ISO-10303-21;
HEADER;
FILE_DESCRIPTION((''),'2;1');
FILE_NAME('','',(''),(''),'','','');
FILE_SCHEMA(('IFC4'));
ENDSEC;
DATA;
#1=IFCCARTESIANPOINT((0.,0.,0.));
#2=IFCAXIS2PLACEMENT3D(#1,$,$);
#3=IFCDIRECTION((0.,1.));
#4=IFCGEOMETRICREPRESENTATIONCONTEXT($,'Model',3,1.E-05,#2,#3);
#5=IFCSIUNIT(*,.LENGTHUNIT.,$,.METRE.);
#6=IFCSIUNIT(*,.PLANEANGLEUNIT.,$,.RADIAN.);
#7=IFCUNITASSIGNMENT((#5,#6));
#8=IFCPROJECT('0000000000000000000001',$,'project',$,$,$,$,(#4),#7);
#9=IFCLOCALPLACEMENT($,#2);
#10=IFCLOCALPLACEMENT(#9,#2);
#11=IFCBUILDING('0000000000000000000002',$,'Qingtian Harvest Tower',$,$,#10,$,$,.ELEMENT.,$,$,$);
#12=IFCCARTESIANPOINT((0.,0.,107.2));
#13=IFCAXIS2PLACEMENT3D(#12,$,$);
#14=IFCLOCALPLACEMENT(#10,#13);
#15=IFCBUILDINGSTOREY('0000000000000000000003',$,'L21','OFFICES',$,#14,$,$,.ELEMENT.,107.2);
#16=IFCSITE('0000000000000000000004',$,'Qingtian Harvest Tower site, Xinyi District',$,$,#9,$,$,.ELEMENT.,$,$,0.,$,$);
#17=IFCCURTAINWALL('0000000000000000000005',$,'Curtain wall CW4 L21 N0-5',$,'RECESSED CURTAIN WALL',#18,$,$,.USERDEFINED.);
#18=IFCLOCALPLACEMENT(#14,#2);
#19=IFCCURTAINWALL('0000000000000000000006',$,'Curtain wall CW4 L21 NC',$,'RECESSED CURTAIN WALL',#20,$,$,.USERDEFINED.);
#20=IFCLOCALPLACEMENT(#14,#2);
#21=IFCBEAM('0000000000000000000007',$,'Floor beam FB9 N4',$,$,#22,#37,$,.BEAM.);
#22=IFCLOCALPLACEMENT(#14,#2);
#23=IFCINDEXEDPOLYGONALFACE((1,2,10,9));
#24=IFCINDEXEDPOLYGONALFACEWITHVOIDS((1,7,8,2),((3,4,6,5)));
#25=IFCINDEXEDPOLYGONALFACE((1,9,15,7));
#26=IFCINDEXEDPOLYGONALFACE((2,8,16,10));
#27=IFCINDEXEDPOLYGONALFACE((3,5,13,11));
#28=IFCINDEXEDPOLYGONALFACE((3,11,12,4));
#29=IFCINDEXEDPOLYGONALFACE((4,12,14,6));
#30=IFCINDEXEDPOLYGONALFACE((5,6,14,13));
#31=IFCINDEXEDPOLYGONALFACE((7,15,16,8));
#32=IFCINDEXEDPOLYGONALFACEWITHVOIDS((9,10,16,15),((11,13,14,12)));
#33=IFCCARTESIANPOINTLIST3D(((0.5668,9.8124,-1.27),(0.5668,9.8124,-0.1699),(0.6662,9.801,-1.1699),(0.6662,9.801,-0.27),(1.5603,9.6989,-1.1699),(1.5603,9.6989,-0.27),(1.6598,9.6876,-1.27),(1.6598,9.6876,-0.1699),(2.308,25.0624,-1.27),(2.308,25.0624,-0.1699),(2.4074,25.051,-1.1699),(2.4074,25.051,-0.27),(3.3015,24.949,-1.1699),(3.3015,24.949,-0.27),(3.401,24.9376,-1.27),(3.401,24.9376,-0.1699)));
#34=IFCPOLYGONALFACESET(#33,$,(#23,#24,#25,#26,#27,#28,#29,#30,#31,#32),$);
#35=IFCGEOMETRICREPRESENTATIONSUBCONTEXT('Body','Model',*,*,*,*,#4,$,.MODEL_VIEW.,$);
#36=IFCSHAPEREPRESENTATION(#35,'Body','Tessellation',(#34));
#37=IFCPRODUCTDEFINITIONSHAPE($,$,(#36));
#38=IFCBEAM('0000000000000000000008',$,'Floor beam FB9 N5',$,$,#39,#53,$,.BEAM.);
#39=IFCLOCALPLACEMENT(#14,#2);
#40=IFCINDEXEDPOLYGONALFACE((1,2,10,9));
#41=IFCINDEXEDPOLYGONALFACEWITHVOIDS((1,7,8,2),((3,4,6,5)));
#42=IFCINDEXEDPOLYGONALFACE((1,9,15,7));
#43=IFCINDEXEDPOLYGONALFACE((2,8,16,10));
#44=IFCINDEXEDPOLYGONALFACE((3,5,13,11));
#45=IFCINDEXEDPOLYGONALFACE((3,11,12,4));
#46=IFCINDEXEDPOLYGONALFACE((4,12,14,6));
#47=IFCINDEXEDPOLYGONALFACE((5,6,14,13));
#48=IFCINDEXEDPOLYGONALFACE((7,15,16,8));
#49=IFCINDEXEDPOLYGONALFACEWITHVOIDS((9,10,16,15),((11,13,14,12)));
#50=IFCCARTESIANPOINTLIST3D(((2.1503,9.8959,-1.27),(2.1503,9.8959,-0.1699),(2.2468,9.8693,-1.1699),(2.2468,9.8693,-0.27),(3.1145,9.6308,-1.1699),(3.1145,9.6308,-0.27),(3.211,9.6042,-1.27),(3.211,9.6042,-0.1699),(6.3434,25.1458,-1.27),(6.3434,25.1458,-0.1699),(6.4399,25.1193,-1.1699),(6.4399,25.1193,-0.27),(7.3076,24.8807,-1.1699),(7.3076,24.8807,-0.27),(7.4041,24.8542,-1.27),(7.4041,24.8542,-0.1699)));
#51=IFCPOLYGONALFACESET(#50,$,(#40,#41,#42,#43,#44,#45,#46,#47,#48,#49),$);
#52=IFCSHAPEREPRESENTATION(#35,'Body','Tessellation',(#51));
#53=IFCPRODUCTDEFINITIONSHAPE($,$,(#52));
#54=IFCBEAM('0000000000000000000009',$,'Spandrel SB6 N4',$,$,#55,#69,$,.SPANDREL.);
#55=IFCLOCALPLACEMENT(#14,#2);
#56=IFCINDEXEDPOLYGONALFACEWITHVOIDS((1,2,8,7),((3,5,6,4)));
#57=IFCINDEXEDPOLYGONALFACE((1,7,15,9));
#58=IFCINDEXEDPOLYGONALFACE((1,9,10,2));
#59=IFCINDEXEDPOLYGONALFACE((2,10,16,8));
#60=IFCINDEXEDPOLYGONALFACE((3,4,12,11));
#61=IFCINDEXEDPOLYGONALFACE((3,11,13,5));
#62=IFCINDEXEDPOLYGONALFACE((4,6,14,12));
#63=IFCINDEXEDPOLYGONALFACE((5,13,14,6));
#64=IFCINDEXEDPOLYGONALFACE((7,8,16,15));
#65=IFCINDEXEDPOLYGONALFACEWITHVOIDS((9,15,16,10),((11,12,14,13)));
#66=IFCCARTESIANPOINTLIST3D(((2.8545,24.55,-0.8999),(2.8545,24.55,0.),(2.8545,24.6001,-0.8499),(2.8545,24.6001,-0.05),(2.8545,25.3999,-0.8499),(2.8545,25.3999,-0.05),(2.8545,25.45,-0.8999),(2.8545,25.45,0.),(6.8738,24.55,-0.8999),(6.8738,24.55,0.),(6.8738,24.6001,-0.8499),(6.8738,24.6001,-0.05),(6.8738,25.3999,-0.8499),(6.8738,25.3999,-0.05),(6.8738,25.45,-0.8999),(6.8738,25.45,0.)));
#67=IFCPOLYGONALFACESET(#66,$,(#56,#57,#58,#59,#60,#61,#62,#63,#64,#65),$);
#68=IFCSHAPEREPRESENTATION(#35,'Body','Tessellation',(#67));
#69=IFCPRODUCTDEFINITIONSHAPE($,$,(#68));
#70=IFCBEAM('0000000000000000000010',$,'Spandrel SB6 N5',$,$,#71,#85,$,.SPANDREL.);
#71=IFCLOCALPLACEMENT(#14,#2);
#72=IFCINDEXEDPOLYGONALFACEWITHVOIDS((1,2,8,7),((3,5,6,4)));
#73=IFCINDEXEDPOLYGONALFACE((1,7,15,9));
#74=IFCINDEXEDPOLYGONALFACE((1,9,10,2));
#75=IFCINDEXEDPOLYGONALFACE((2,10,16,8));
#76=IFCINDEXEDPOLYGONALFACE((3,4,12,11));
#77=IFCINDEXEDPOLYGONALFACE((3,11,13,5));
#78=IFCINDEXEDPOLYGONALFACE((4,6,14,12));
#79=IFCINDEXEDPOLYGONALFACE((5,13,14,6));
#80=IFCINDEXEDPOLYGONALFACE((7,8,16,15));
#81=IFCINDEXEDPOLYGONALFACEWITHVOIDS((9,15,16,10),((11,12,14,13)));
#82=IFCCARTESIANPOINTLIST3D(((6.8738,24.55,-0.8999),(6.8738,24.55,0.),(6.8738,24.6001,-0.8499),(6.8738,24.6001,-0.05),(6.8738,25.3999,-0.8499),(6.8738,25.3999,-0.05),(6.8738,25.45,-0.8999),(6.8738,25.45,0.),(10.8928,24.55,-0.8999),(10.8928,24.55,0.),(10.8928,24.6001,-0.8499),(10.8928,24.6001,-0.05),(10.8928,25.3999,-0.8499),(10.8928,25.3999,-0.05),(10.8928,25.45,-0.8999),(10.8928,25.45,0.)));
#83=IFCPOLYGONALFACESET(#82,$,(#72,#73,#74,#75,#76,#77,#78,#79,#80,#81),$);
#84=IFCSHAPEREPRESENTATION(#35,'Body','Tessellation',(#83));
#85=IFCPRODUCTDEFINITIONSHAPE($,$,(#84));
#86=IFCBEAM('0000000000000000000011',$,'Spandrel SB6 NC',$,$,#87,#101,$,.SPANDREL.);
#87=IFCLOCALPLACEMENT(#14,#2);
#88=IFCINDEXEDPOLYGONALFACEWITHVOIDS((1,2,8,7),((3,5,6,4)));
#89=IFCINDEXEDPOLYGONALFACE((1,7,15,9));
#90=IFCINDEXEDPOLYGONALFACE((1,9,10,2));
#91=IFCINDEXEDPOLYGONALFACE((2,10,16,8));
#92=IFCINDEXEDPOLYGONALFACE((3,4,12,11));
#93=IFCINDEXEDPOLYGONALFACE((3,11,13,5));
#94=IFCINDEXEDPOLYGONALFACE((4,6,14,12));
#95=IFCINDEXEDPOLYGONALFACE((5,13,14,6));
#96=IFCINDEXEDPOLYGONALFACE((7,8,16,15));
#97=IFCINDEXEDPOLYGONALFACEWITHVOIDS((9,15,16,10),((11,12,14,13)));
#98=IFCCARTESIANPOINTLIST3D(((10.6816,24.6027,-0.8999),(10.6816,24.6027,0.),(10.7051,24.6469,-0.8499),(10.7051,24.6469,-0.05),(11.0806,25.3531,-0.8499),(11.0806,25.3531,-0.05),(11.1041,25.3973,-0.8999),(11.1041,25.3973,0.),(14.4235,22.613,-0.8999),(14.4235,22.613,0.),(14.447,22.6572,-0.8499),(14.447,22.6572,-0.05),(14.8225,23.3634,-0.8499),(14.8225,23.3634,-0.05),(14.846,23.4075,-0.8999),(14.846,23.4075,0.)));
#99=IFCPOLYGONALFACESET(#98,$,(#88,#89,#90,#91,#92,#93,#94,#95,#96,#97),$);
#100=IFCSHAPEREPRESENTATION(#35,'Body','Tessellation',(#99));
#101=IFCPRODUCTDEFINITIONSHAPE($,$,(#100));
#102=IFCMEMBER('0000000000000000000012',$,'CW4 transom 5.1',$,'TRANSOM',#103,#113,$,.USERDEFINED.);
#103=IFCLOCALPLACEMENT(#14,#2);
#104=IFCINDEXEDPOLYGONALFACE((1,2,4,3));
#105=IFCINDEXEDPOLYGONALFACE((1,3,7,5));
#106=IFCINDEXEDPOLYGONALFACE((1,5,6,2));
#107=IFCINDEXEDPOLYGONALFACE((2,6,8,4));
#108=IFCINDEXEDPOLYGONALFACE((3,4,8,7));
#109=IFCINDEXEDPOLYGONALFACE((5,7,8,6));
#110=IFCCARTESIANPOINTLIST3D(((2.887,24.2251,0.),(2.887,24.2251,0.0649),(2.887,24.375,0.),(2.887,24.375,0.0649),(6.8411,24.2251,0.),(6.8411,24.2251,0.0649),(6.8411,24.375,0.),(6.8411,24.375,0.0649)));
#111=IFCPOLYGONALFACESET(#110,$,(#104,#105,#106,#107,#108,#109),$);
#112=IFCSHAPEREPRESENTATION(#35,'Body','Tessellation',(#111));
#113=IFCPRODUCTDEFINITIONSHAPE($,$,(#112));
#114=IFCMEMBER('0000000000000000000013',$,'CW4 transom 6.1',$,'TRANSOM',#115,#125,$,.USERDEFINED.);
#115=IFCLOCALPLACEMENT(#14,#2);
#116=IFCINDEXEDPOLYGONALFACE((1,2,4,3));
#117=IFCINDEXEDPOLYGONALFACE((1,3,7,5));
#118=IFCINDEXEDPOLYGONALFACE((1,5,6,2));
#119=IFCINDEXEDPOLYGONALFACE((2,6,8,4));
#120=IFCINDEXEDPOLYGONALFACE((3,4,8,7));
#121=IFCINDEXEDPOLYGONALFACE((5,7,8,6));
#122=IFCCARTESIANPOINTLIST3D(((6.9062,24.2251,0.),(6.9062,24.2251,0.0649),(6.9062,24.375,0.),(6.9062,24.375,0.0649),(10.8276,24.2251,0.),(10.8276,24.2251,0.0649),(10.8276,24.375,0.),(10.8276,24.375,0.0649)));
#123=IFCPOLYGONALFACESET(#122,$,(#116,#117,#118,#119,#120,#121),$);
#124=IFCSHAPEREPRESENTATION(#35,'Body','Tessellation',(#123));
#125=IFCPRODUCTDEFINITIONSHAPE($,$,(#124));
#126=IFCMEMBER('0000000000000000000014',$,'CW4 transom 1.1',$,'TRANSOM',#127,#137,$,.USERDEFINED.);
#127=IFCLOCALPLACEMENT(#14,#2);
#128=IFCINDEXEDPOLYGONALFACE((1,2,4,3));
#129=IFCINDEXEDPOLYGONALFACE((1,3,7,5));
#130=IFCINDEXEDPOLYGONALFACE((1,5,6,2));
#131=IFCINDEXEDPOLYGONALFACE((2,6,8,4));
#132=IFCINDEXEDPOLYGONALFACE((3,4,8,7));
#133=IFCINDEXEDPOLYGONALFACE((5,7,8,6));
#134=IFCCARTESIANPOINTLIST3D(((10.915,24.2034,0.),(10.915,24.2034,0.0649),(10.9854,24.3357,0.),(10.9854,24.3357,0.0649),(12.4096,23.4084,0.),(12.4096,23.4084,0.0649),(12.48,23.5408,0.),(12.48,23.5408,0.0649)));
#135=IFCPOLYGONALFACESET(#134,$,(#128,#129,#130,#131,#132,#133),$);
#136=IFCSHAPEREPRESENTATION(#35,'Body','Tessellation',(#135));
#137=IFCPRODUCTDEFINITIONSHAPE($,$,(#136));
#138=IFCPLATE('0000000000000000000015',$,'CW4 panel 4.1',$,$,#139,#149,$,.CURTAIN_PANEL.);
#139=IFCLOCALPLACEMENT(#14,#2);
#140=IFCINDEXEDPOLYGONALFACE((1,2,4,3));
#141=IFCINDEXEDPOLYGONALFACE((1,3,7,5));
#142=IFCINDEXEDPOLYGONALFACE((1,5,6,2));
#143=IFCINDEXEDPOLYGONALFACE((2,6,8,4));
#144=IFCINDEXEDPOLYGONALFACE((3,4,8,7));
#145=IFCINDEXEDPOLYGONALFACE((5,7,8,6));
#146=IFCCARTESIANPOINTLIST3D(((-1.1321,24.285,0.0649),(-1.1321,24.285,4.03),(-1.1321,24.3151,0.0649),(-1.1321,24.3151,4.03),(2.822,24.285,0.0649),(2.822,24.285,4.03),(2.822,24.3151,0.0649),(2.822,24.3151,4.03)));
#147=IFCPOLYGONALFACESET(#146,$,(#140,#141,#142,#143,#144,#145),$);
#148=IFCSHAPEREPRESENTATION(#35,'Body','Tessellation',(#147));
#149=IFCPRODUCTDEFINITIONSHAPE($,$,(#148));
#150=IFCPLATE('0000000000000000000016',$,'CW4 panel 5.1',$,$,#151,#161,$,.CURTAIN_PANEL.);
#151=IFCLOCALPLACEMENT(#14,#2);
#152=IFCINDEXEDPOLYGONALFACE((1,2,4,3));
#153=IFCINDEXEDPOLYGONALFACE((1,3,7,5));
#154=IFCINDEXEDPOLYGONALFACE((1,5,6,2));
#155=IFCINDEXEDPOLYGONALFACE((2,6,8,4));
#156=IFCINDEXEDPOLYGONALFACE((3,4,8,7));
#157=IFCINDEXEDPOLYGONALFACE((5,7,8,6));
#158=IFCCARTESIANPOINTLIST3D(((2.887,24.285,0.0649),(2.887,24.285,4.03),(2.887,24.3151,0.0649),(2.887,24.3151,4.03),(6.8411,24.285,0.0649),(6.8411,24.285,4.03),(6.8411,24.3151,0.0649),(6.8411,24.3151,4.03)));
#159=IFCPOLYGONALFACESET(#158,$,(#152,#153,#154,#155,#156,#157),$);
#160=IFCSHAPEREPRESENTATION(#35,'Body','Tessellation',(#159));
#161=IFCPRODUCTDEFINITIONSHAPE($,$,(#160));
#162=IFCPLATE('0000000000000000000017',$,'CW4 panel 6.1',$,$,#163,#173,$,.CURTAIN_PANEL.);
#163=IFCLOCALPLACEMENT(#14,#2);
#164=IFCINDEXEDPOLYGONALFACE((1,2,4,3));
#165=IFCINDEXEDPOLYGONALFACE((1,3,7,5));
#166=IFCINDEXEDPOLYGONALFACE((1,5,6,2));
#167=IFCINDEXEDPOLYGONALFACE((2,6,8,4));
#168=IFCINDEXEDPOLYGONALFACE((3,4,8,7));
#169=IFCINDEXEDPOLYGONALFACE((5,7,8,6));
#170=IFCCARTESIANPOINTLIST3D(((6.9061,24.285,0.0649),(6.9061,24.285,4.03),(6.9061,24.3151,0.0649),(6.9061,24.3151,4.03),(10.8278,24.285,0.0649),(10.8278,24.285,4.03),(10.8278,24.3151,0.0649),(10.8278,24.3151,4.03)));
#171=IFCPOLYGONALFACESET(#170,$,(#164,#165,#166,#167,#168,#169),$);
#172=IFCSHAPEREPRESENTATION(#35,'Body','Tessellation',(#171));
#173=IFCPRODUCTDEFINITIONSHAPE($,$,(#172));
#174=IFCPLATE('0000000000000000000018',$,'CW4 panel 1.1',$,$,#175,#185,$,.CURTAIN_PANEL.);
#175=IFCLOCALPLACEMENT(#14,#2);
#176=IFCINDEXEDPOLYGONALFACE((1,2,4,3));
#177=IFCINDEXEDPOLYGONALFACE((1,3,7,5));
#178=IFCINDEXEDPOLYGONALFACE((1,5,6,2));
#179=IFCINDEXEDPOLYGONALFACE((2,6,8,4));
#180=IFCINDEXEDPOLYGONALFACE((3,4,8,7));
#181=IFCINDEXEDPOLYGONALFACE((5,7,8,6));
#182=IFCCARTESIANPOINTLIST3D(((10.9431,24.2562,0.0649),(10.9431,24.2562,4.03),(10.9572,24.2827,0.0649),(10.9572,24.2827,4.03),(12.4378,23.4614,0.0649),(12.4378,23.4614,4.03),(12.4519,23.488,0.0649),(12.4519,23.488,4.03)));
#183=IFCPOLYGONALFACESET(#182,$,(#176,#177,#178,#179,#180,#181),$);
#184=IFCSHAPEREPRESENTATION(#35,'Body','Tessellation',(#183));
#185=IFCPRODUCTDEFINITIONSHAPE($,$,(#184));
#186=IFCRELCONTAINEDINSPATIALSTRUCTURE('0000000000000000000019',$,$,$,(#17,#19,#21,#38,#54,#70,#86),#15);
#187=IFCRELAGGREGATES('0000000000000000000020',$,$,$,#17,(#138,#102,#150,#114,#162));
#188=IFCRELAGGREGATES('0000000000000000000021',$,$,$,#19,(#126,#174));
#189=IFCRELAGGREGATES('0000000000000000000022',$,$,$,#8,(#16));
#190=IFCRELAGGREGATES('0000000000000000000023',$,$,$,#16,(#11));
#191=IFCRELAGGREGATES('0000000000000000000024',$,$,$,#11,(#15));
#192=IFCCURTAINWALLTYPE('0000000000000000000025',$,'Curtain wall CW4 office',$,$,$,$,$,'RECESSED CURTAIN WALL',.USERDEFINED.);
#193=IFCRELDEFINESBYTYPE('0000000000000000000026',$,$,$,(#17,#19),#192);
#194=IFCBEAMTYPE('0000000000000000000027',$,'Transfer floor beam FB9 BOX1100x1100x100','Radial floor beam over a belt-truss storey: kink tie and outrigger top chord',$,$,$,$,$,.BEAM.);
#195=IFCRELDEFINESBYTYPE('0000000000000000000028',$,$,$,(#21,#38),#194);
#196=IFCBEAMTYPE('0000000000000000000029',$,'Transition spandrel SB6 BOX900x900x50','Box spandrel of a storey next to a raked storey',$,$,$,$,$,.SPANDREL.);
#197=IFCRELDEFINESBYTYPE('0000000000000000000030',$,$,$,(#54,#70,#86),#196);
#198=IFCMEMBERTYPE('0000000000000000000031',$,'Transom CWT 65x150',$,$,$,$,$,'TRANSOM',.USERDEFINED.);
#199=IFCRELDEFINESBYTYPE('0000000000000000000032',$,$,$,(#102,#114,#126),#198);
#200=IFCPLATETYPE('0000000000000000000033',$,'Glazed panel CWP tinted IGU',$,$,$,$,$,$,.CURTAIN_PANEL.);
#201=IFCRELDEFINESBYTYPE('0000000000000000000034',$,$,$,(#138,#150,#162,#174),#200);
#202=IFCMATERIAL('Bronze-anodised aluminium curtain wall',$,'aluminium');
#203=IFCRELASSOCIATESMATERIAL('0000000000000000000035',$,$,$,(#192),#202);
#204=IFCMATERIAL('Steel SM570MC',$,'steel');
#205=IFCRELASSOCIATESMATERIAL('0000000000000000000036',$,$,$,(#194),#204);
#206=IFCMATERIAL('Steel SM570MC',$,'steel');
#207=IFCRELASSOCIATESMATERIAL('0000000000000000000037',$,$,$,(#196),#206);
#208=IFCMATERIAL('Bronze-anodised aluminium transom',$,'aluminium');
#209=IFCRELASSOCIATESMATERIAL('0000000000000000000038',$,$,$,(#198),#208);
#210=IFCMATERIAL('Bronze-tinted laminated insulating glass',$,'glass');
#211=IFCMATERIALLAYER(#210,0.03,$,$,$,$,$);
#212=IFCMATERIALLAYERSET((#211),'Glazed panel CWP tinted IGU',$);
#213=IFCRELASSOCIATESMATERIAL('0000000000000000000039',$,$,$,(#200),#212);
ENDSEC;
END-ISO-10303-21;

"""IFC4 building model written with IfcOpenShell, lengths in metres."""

from ifc_helpers import new_model, si_unit, direction, frame, origin, origin_2d, place, context, subcontext, project, spatial, rectangle, hollow_rectangle, extrude, material, layer, layer_set, material_profile, profile_set, type_object, element, aggregate, save


model = new_model("IFC4")

# Units and contexts
model_context = context("Model", 3, precision=1e-05, world=origin(), true_north=direction((0.0, 1.0)))
body_context = subcontext(model_context, "Body", "Model", "MODEL_VIEW")
ifc_project = project(units=[si_unit("LENGTHUNIT", "METRE"), si_unit("PLANEANGLEUNIT", "RADIAN")], contexts=[model_context])

# Site, building, storey
site_placement = place(None, origin())
site = spatial("IfcSite", under=ifc_project, at=site_placement, Name="Qingtian Harvest Tower site, Xinyi District", CompositionType="ELEMENT", RefElevation=0.0)
building_placement = place(site_placement, origin())
building = spatial("IfcBuilding", under=site, at=building_placement, Name="Qingtian Harvest Tower", CompositionType="ELEMENT")
storey_placement = place(building_placement, frame((0.0, 0.0, 107.2)))
storey = spatial("IfcBuildingStorey", under=building, at=storey_placement, Name="L21", Description="OFFICES", CompositionType="ELEMENT", Elevation=107.2)

# Curtain wall
ifc_material_1 = material(Name="Bronze-anodised aluminium curtain wall", Category="aluminium")
curtain_wall_type = type_object("IfcCurtainWallType", Name="Curtain wall CW4 office", ElementType="RECESSED CURTAIN WALL", PredefinedType="USERDEFINED", material=ifc_material_1)
curtain_wall_1_placement = place(storey_placement, origin())
curtain_wall_1 = element("IfcCurtainWall", 1, at=curtain_wall_1_placement, inside=storey, type_object=curtain_wall_type, Name="Curtain wall CW4 L21 N0-5", ObjectType="RECESSED CURTAIN WALL", PredefinedType="USERDEFINED")

# Curtain wall
curtain_wall_2_placement = place(storey_placement, origin())
curtain_wall_2 = element("IfcCurtainWall", 2, at=curtain_wall_2_placement, inside=storey, type_object=curtain_wall_type, Name="Curtain wall CW4 L21 NC", ObjectType="RECESSED CURTAIN WALL", PredefinedType="USERDEFINED")

# Beams
ifc_material_2 = material(Name="Steel SM570MC", Category="steel")
ifc_material_profile_1 = material_profile(ifc_material_2, hollow_rectangle(XDim=1.1001, YDim=1.1001, WallThickness=0.1001, at=origin_2d()), Name="BOX1100x1100x100")
ifc_profile_set_1 = profile_set([ifc_material_profile_1], Name="Steel SM570MC")
beam_type_1 = type_object("IfcBeamType", Name="Transfer floor beam FB9 BOX1100x1100x100", Description="Radial floor beam over a belt-truss storey: kink tie and outrigger top chord", PredefinedType="BEAM", material=ifc_profile_set_1)
beam_1_placement = place(storey_placement, frame((2.8545, 25.0, -0.72), z_axis=(-0.113441, -0.993545, 0.0), x_axis=(0.993545, -0.113441, 0.0)))
element("IfcBeam", 3, at=beam_1_placement, inside=storey, type_object=beam_type_1, Name="Floor beam FB9 N4", PredefinedType="BEAM", context=body_context, shape_type="SweptSolid", body=[
    extrude(hollow_rectangle(XDim=1.1001, YDim=1.1001, WallThickness=0.1001, at=origin_2d()), origin(), (0.0, 0.0, 1.0), 15.3491),
])
beam_2_placement = place(storey_placement, frame((6.8738, 25.0, -0.72), z_axis=(-0.265119, -0.964216, 0.0), x_axis=(0.964216, -0.265119, 0.0)))
element("IfcBeam", 4, at=beam_2_placement, inside=storey, type_object=beam_type_1, Name="Floor beam FB9 N5", PredefinedType="BEAM", context=body_context, shape_type="SweptSolid", body=[
    extrude(hollow_rectangle(XDim=1.1001, YDim=1.1001, WallThickness=0.1001, at=origin_2d()), origin(), (0.0, 0.0, 1.0), 15.8159),
])
ifc_material_3 = material(Name="Steel SM570MC", Category="steel")
ifc_material_profile_2 = material_profile(ifc_material_3, hollow_rectangle(XDim=0.8999, YDim=0.8999, WallThickness=0.05, at=origin_2d()), Name="BOX900x900x50")
ifc_profile_set_2 = profile_set([ifc_material_profile_2], Name="Steel SM570MC")
beam_type_2 = type_object("IfcBeamType", Name="Transition spandrel SB6 BOX900x900x50", Description="Box spandrel of a storey next to a raked storey", PredefinedType="SPANDREL", material=ifc_profile_set_2)
beam_3_placement = place(storey_placement, frame((2.8545, 25.0, -0.45), z_axis=(1.0, 0.0, 0.0), x_axis=(0.0, 1.0, 0.0)))
element("IfcBeam", 5, at=beam_3_placement, inside=storey, type_object=beam_type_2, Name="Spandrel SB6 N4", PredefinedType="SPANDREL", context=body_context, shape_type="SweptSolid", body=[
    extrude(hollow_rectangle(XDim=0.8999, YDim=0.8999, WallThickness=0.05, at=origin_2d()), origin(), (0.0, 0.0, 1.0), 4.0193),
])
beam_4_placement = place(storey_placement, frame((6.8738, 25.0, -0.45), z_axis=(1.0, 0.0, 0.0), x_axis=(0.0, 1.0, 0.0)))
element("IfcBeam", 6, at=beam_4_placement, inside=storey, type_object=beam_type_2, Name="Spandrel SB6 N5", PredefinedType="SPANDREL", context=body_context, shape_type="SweptSolid", body=[
    extrude(hollow_rectangle(XDim=0.8999, YDim=0.8999, WallThickness=0.05, at=origin_2d()), origin(), (0.0, 0.0, 1.0), 4.019),
])
beam_5_placement = place(storey_placement, frame((10.8928, 25.0, -0.45), z_axis=(0.882936, -0.469494, 0.0), x_axis=(0.469494, 0.882936, 0.0)))
element("IfcBeam", 7, at=beam_5_placement, inside=storey, type_object=beam_type_2, Name="Spandrel SB6 NC", PredefinedType="SPANDREL", context=body_context, shape_type="SweptSolid", body=[
    extrude(hollow_rectangle(XDim=0.8999, YDim=0.8999, WallThickness=0.05, at=origin_2d()), origin(), (0.0, 0.0, 1.0), 4.238),
])

# Members
ifc_material_4 = material(Name="Bronze-anodised aluminium transom", Category="aluminium")
ifc_material_profile_3 = material_profile(ifc_material_4, rectangle(XDim=0.1499, YDim=0.0649, at=origin_2d()), Name="AL 65x150")
ifc_profile_set_3 = profile_set([ifc_material_profile_3], Name="Bronze-anodised aluminium transom")
member_type_1 = type_object("IfcMemberType", Name="Transom CWT 65x150", ElementType="TRANSOM", PredefinedType="USERDEFINED", material=ifc_profile_set_3)
member_1_placement = place(storey_placement, frame((2.887, 24.3, 0.0325), z_axis=(1.0, 0.0, 0.0), x_axis=(0.0, 1.0, 0.0)))
member_1 = element("IfcMember", 8, at=member_1_placement, type_object=member_type_1, Name="CW4 transom 5.1", ObjectType="TRANSOM", PredefinedType="USERDEFINED", context=body_context, shape_type="SweptSolid", body=[
    extrude(rectangle(XDim=0.1499, YDim=0.0649, at=origin_2d()), origin(), (0.0, 0.0, 1.0), 3.9541),
])
member_2_placement = place(storey_placement, frame((6.9062, 24.3, 0.0325), z_axis=(1.0, 0.0, 0.0), x_axis=(0.0, 1.0, 0.0)))
member_2 = element("IfcMember", 9, at=member_2_placement, type_object=member_type_1, Name="CW4 transom 6.1", ObjectType="TRANSOM", PredefinedType="USERDEFINED", context=body_context, shape_type="SweptSolid", body=[
    extrude(rectangle(XDim=0.1499, YDim=0.0649, at=origin_2d()), origin(), (0.0, 0.0, 1.0), 3.9214),
])
member_3_placement = place(storey_placement, frame((10.9502, 24.2695, 0.0325), z_axis=(0.882895, -0.46957, 0.0), x_axis=(0.46957, 0.882895, 0.0)))
member_3 = element("IfcMember", 10, at=member_3_placement, type_object=member_type_1, Name="CW4 transom 1.1", ObjectType="TRANSOM", PredefinedType="USERDEFINED", context=body_context, shape_type="SweptSolid", body=[
    extrude(rectangle(XDim=0.1499, YDim=0.0649, at=origin_2d()), origin(), (0.0, 0.0, 1.0), 1.6929),
])

# Plates
ifc_material_5 = material(Name="Bronze-tinted laminated insulating glass", Category="glass")
ifc_layer_1 = layer(ifc_material_5, 0.03)
ifc_layer_set_1 = layer_set([ifc_layer_1], Name="Glazed panel CWP tinted IGU")
plate_type = type_object("IfcPlateType", Name="Glazed panel CWP tinted IGU", PredefinedType="CURTAIN_PANEL", material=ifc_layer_set_1)
plate_1_placement = place(storey_placement, frame((0.845, 24.3, 0.0649), z_axis=(0.0, 0.0, 1.0), x_axis=(1.0, 0.0, 0.0)))
plate_1 = element("IfcPlate", 11, at=plate_1_placement, type_object=plate_type, Name="CW4 panel 4.1", PredefinedType="CURTAIN_PANEL", context=body_context, shape_type="SweptSolid", body=[
    extrude(rectangle(XDim=3.9541, YDim=0.03, at=origin_2d()), origin(), (0.0, 0.0, 1.0), 3.9651),
])
plate_2_placement = place(storey_placement, frame((4.864, 24.3, 0.0649), z_axis=(0.0, 0.0, 1.0), x_axis=(1.0, 0.0, 0.0)))
plate_2 = element("IfcPlate", 12, at=plate_2_placement, type_object=plate_type, Name="CW4 panel 5.1", PredefinedType="CURTAIN_PANEL", context=body_context, shape_type="SweptSolid", body=[
    extrude(rectangle(XDim=3.9541, YDim=0.03, at=origin_2d()), origin(), (0.0, 0.0, 1.0), 3.9651),
])
plate_3_placement = place(storey_placement, frame((8.8669, 24.3, 0.0649), z_axis=(0.0, 0.0, 1.0), x_axis=(1.0, 0.0, 0.0)))
plate_3 = element("IfcPlate", 13, at=plate_3_placement, type_object=plate_type, Name="CW4 panel 6.1", PredefinedType="CURTAIN_PANEL", context=body_context, shape_type="SweptSolid", body=[
    extrude(rectangle(XDim=3.9216, YDim=0.03, at=origin_2d()), origin(), (0.0, 0.0, 1.0), 3.9651),
])
aggregate(curtain_wall_1, [plate_1, member_1, plate_2, member_2, plate_3])
plate_4_placement = place(storey_placement, frame((11.6975, 23.8721, 0.0649), z_axis=(0.0, 0.0, 1.0), x_axis=(0.882948, -0.469472, 0.0)))
plate_4 = element("IfcPlate", 14, at=plate_4_placement, type_object=plate_type, Name="CW4 panel 1.1", PredefinedType="CURTAIN_PANEL", context=body_context, shape_type="SweptSolid", body=[
    extrude(rectangle(XDim=1.6929, YDim=0.03, at=origin_2d()), origin(), (0.0, 0.0, 1.0), 3.9651),
])
aggregate(curtain_wall_2, [member_3, plate_4])

save(model, "model.ifc")
